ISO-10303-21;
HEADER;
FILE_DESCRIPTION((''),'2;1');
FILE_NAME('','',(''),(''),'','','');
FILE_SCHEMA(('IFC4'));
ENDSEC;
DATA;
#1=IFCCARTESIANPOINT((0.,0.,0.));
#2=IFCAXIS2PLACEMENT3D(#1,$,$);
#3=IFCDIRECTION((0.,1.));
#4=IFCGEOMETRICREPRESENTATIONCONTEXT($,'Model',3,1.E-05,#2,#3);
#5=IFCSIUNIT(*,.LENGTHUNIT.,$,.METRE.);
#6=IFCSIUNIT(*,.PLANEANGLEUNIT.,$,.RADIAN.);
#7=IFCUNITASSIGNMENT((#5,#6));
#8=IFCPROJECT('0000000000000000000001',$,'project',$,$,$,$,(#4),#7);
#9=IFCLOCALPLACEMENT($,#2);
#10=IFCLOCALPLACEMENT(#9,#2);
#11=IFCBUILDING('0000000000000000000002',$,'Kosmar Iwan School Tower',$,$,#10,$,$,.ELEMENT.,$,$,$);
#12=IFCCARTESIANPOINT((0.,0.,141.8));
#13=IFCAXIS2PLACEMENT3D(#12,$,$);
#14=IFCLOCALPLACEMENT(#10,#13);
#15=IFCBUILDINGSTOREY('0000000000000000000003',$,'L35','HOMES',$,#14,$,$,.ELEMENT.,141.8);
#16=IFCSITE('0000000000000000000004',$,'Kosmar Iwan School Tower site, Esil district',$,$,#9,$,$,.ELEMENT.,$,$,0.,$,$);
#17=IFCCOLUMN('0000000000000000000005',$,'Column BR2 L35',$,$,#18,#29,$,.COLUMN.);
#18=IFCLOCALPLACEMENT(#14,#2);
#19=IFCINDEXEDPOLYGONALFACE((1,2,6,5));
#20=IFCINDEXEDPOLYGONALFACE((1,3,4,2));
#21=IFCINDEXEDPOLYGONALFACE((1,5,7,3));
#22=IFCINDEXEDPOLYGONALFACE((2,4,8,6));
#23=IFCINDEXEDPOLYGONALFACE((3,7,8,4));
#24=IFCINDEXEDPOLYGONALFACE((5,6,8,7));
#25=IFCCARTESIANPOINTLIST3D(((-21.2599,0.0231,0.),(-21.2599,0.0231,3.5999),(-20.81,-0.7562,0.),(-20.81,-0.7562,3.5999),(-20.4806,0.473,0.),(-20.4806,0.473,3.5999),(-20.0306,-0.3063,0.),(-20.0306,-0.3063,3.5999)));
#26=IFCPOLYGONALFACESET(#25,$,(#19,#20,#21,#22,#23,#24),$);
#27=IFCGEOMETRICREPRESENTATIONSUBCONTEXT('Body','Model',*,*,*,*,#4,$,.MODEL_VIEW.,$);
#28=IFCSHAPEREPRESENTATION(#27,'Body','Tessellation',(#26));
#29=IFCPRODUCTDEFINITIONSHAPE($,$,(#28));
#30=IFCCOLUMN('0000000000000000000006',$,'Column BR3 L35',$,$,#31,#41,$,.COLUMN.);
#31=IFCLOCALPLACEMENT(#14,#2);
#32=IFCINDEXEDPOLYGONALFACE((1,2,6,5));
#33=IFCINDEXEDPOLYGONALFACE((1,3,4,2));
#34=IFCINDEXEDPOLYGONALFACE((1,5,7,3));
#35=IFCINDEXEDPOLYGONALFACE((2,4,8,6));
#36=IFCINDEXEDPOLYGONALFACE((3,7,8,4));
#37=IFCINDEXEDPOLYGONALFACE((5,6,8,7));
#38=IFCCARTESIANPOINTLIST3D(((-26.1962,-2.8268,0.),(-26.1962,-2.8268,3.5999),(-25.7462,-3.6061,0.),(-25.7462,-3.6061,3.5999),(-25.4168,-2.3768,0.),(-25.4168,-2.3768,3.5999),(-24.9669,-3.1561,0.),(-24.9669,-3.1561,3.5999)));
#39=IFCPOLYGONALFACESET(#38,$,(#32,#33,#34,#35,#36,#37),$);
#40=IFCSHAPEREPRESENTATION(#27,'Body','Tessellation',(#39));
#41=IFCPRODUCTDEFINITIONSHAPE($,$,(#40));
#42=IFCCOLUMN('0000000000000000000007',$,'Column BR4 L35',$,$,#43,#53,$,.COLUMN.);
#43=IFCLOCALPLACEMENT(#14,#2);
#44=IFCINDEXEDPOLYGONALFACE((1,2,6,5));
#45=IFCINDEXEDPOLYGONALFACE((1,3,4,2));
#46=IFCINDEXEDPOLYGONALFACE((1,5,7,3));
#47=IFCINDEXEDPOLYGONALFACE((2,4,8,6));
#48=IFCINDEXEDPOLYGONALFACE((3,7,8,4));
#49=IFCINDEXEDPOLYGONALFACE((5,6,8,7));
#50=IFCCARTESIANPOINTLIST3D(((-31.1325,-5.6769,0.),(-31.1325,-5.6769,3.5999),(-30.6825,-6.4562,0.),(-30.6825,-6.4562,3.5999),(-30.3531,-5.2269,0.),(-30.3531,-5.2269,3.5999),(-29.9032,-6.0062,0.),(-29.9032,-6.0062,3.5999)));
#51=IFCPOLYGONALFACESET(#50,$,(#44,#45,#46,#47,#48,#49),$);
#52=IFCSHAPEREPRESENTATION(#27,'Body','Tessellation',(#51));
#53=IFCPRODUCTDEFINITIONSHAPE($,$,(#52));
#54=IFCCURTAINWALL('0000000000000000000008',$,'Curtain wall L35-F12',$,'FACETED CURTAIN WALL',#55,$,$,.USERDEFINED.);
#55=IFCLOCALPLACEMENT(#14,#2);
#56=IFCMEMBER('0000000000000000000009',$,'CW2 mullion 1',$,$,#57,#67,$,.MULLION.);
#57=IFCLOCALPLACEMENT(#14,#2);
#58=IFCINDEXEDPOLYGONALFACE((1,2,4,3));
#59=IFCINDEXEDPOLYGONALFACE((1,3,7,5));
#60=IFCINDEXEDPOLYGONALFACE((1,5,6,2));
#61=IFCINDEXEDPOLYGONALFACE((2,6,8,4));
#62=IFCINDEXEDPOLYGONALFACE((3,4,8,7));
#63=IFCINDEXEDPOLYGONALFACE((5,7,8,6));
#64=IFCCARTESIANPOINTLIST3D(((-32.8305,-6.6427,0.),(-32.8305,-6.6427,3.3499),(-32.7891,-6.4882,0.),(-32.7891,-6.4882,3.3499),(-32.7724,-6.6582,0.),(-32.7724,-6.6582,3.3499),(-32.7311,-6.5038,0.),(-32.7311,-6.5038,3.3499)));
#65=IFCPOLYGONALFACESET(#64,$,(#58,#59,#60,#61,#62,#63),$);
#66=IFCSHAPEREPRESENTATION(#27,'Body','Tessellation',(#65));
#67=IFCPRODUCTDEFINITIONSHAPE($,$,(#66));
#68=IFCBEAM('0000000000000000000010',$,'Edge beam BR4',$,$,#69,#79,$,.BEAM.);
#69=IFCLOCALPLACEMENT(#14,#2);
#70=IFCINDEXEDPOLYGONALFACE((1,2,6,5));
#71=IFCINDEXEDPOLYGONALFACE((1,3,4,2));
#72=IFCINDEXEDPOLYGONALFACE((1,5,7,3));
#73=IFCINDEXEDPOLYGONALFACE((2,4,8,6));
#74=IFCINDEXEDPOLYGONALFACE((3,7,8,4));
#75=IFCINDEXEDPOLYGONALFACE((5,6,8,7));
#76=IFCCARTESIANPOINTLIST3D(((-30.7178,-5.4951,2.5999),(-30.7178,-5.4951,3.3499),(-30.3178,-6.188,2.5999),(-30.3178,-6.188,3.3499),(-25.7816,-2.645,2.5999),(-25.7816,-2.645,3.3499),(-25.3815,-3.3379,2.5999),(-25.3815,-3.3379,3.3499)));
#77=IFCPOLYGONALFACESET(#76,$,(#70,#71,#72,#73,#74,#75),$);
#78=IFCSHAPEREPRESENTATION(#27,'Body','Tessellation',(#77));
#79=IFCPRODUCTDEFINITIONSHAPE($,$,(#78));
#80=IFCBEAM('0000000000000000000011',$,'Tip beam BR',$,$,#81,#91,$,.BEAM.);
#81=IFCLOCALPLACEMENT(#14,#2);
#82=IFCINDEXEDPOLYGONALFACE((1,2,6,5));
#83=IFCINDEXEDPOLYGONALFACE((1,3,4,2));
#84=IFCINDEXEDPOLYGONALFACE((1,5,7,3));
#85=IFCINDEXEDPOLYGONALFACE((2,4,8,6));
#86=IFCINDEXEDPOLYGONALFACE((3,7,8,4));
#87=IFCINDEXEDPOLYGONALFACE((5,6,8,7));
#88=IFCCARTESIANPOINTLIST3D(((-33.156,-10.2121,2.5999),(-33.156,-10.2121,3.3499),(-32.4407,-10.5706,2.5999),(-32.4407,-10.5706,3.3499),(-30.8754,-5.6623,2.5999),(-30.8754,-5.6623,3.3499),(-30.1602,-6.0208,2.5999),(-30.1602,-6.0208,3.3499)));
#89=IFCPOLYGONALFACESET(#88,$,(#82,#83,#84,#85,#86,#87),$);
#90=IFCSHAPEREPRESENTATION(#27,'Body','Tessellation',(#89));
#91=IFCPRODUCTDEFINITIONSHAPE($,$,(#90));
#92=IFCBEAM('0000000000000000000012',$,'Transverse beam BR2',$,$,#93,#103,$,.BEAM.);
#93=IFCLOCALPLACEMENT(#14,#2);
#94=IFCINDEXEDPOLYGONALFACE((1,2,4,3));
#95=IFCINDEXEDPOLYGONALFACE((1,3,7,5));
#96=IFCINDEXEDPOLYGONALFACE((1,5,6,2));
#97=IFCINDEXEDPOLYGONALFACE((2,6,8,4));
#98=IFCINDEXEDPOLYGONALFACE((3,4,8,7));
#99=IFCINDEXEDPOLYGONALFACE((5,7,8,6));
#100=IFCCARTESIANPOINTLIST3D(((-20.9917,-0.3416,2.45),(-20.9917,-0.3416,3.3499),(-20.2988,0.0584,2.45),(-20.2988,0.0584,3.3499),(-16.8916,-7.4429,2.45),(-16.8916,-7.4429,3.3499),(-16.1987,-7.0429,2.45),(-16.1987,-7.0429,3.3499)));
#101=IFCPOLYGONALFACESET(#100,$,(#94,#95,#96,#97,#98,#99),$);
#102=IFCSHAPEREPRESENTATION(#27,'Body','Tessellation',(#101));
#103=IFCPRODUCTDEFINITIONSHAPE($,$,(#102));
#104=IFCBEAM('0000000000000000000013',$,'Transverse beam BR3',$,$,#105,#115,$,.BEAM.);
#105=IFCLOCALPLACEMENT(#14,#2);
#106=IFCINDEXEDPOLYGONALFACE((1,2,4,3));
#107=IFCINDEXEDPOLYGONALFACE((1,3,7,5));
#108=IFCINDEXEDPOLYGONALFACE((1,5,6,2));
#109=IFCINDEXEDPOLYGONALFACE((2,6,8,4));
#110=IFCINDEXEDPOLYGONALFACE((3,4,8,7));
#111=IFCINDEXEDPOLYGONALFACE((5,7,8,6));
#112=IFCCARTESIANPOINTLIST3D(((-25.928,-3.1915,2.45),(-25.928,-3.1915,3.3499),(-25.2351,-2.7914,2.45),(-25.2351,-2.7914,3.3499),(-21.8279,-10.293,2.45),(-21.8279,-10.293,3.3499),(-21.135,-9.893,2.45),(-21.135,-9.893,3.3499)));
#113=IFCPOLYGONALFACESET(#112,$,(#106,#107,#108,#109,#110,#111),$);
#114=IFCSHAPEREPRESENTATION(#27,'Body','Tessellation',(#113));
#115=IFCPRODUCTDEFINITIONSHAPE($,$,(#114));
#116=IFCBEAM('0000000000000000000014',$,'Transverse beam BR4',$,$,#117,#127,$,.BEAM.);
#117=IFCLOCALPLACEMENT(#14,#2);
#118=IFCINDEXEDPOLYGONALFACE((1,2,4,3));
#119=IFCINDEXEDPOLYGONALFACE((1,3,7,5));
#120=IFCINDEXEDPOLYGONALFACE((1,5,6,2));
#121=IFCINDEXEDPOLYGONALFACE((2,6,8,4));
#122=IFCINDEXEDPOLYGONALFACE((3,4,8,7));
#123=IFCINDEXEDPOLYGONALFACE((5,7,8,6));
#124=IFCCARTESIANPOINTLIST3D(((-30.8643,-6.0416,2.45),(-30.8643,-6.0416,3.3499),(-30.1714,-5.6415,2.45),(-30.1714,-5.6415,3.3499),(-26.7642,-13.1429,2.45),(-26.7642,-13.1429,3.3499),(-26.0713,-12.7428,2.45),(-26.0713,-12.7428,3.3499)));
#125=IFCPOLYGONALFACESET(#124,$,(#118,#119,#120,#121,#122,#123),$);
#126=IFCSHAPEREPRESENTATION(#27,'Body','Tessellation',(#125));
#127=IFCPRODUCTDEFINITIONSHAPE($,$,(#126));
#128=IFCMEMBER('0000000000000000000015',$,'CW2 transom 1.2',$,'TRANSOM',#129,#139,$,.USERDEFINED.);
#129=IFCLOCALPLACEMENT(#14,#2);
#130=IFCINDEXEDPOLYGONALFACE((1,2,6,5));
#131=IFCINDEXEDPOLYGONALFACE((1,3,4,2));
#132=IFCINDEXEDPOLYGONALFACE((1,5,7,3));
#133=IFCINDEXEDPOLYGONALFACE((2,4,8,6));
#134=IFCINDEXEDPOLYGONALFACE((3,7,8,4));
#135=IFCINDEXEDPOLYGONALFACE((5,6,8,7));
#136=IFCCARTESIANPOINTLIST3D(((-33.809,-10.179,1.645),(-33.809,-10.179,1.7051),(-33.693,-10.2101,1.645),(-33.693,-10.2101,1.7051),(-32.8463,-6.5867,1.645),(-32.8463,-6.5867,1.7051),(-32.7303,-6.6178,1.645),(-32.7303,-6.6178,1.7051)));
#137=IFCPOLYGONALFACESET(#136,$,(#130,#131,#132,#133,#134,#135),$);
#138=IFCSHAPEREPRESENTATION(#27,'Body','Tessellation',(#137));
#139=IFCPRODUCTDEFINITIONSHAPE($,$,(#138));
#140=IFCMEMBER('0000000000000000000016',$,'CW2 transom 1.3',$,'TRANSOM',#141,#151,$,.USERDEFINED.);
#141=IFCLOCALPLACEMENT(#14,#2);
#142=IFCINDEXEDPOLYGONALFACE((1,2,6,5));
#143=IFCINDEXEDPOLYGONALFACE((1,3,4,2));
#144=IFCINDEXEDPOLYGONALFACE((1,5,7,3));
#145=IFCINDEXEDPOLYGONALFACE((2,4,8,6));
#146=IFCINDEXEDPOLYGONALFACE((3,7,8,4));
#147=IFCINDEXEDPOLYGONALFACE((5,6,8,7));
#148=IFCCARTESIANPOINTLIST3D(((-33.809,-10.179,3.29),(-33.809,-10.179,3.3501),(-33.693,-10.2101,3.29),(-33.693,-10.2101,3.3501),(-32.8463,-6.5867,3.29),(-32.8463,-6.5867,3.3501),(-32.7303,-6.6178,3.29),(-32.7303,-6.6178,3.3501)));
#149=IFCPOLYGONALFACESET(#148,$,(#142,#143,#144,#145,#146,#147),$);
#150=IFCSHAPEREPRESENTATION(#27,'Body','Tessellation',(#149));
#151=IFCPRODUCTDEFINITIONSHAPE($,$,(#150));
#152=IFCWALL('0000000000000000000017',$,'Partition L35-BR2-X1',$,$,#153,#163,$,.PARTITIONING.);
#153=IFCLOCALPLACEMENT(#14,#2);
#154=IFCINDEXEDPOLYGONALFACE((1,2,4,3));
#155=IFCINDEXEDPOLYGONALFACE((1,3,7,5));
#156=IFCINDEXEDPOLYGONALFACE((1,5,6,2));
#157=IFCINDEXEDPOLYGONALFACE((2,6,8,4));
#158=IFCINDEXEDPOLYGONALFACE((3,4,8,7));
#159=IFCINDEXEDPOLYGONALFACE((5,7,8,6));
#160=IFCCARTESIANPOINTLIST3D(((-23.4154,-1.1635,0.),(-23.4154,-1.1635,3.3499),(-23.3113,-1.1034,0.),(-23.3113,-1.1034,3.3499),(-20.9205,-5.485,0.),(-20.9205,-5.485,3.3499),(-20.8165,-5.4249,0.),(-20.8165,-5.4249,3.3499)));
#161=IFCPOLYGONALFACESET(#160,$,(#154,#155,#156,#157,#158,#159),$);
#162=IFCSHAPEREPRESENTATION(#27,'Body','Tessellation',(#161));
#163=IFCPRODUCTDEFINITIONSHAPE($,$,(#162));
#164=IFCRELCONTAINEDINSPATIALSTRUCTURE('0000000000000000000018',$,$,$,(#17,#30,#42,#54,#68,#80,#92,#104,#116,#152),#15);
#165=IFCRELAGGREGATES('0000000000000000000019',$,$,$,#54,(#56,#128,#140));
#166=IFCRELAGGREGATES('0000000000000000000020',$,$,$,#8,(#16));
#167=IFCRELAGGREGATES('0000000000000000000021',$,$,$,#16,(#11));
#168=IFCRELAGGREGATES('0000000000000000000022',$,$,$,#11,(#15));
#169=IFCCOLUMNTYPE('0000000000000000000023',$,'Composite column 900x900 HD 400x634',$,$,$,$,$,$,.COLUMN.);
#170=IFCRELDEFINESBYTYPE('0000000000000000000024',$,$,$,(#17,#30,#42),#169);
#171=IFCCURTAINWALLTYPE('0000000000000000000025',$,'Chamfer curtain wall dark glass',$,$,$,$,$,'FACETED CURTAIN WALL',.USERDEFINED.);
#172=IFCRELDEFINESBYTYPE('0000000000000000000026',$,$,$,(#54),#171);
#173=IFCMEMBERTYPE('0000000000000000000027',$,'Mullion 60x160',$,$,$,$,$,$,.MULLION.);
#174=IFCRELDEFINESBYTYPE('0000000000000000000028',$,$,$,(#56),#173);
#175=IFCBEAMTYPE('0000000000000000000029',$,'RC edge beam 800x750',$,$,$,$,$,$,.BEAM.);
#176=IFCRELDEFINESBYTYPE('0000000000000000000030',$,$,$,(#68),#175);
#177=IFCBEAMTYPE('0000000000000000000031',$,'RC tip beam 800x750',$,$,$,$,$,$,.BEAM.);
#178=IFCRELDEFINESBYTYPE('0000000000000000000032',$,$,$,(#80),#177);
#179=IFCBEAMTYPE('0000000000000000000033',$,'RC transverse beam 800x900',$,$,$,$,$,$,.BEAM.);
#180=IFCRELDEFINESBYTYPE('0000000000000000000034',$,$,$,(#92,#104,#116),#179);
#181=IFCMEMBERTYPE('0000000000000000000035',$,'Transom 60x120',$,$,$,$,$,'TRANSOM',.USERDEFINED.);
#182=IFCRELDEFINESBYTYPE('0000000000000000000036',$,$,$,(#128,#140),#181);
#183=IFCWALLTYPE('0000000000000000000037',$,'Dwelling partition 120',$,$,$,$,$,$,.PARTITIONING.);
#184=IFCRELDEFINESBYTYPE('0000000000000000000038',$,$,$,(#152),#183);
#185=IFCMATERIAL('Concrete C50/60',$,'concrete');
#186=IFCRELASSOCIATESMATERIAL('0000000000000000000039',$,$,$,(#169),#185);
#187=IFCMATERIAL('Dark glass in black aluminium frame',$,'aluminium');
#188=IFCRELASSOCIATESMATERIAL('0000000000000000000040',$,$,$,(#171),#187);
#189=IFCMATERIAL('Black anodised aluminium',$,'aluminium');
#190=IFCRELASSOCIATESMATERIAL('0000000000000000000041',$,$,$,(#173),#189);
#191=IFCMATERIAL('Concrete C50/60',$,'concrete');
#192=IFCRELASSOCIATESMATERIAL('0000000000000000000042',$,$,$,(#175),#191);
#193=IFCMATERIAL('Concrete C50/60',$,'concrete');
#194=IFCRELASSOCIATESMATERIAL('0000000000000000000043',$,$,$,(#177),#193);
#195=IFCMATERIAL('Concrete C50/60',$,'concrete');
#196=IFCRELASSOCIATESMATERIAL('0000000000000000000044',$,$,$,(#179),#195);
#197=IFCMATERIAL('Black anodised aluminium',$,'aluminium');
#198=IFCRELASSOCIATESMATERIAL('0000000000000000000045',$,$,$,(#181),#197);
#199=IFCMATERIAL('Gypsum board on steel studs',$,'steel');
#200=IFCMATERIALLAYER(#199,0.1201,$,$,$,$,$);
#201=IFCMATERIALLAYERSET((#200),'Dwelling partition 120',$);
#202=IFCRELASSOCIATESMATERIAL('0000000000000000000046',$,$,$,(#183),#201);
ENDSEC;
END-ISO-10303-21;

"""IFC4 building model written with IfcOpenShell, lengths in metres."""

from ifc_helpers import new_model, si_unit, direction, frame, frame_2d, origin, origin_2d, place, context, subcontext, project, spatial, rectangle, extrude, material, layer, layer_set, material_profile, profile_set, type_object, element, aggregate, save


model = new_model("IFC4")

# Units and contexts
model_context = context("Model", 3, precision=1e-05, world=origin(), true_north=direction((0.0, 1.0)))
body_context = subcontext(model_context, "Body", "Model", "MODEL_VIEW")
ifc_project = project(units=[si_unit("LENGTHUNIT", "METRE"), si_unit("PLANEANGLEUNIT", "RADIAN")], contexts=[model_context])

# Site, building, storey
site_placement = place(None, origin())
site = spatial("IfcSite", under=ifc_project, at=site_placement, Name="Kosmar Iwan School Tower site, Esil district", CompositionType="ELEMENT", RefElevation=0.0)
building_placement = place(site_placement, origin())
building = spatial("IfcBuilding", under=site, at=building_placement, Name="Kosmar Iwan School Tower", CompositionType="ELEMENT")
storey_placement = place(building_placement, frame((0.0, 0.0, 141.8)))
storey = spatial("IfcBuildingStorey", under=building, at=storey_placement, Name="L35", Description="HOMES", CompositionType="ELEMENT", Elevation=141.8)

# Columns
ifc_material_1 = material(Name="Concrete C50/60", Category="concrete")
ifc_material_profile_1 = material_profile(ifc_material_1, rectangle(XDim=0.8999, YDim=0.8999, at=origin_2d()), Name="RC 900x900 + HD 400x634")
ifc_profile_set_1 = profile_set([ifc_material_profile_1], Name="Concrete C50/60")
column_type = type_object("IfcColumnType", Name="Composite column 900x900 HD 400x634", PredefinedType="COLUMN", material=ifc_profile_set_1)
for number, where, z_axis, x_axis, name in (
    (1, (-20.6453, -0.1416, 0.0), (0.0, 0.0, 1.0), (-0.866025, -0.5, 0.0), "Column BR2 L35"),
    (2, (-25.5815, -2.9915, 0.0), (0.0, 0.0, 1.0), (-0.866025, -0.5, 0.0), "Column BR3 L35"),
    (3, (-30.5178, -5.8416, 0.0), (0.0, 0.0, 1.0), (-0.866025, -0.5, 0.0), "Column BR4 L35"),
):
    element("IfcColumn", number, at=place(storey_placement, frame(where, z_axis=z_axis, x_axis=x_axis)), inside=storey, type_object=column_type, Name=name, PredefinedType="COLUMN", context=body_context, shape_type="SweptSolid", body=[
        extrude(rectangle(XDim=0.8999, YDim=0.8999, at=origin_2d()), origin(), (0.0, 0.0, 1.0), 3.5999),
    ])

# Curtain wall, member
ifc_material_2 = material(Name="Dark glass in black aluminium frame", Category="aluminium")
curtain_wall_type = type_object("IfcCurtainWallType", Name="Chamfer curtain wall dark glass", ElementType="FACETED CURTAIN WALL", PredefinedType="USERDEFINED", material=ifc_material_2)
curtain_wall_placement = place(storey_placement, origin())
curtain_wall = element("IfcCurtainWall", 4, at=curtain_wall_placement, inside=storey, type_object=curtain_wall_type, Name="Curtain wall L35-F12", ObjectType="FACETED CURTAIN WALL", PredefinedType="USERDEFINED")
ifc_material_3 = material(Name="Black anodised aluminium", Category="aluminium")
ifc_material_profile_2 = material_profile(ifc_material_3, rectangle(XDim=0.0601, YDim=0.1599, at=origin_2d()), Name="MULLION 60x160")
ifc_profile_set_2 = profile_set([ifc_material_profile_2], Name="Black anodised aluminium")
member_type_1 = type_object("IfcMemberType", Name="Mullion 60x160", PredefinedType="MULLION", material=ifc_profile_set_2)
member_1_placement = place(storey_placement, frame((-32.7808, -6.5732, 0.0), z_axis=(0.0, 0.0, 1.0), x_axis=(0.965926, -0.258819, 0.0)))
member_1 = element("IfcMember", 5, at=member_1_placement, type_object=member_type_1, Name="CW2 mullion 1", PredefinedType="MULLION", context=body_context, shape_type="SweptSolid", body=[
    extrude(rectangle(XDim=0.0601, YDim=0.1599, at=origin_2d()), origin(), (0.0, 0.0, 1.0), 3.3499),
])

# Beams
ifc_material_4 = material(Name="Concrete C50/60", Category="concrete")
ifc_material_profile_3 = material_profile(ifc_material_4, rectangle(XDim=0.8, YDim=0.75, at=origin_2d()), Name="RC 800x750")
ifc_profile_set_3 = profile_set([ifc_material_profile_3], Name="Concrete C50/60")
beam_type_1 = type_object("IfcBeamType", Name="RC edge beam 800x750", PredefinedType="BEAM", material=ifc_profile_set_3)
beam_1_placement = place(storey_placement, frame((-25.5815, -2.9915, 2.9749), z_axis=(-0.866015, -0.500018, 0.0), x_axis=(0.500018, -0.866015, 0.0)))
element("IfcBeam", 6, at=beam_1_placement, inside=storey, type_object=beam_type_1, Name="Edge beam BR4", PredefinedType="BEAM", context=body_context, shape_type="SweptSolid", body=[
    extrude(rectangle(XDim=0.8, YDim=0.75, at=origin_2d()), origin(), (0.0, 0.0, 1.0), 5.7),
])
ifc_material_5 = material(Name="Concrete C50/60", Category="concrete")
ifc_material_profile_4 = material_profile(ifc_material_5, rectangle(XDim=0.8, YDim=0.75, at=origin_2d()), Name="RC 800x750")
ifc_profile_set_4 = profile_set([ifc_material_profile_4], Name="Concrete C50/60")
beam_type_2 = type_object("IfcBeamType", Name="RC tip beam 800x750", PredefinedType="BEAM", material=ifc_profile_set_4)
beam_2_placement = place(storey_placement, frame((-30.5178, -5.8416, 2.9749), z_axis=(-0.448096, -0.893985, 0.0), x_axis=(0.893985, -0.448096, 0.0)))
element("IfcBeam", 7, at=beam_2_placement, inside=storey, type_object=beam_type_2, Name="Tip beam BR", PredefinedType="BEAM", context=body_context, shape_type="SweptSolid", body=[
    extrude(rectangle(XDim=0.8, YDim=0.75, at=origin_2d()), origin(), (0.0, 0.0, 1.0), 5.0894),
])
ifc_material_6 = material(Name="Concrete C50/60", Category="concrete")
ifc_material_profile_5 = material_profile(ifc_material_6, rectangle(XDim=0.8, YDim=0.8999, at=origin_2d()), Name="RC 800x900")
ifc_profile_set_5 = profile_set([ifc_material_profile_5], Name="Concrete C50/60")
beam_type_3 = type_object("IfcBeamType", Name="RC transverse beam 800x900", PredefinedType="BEAM", material=ifc_profile_set_5)
beam_3_placement = place(storey_placement, frame((-20.6453, -0.1416, 2.8999), z_axis=(0.500014, -0.866018, 0.0), x_axis=(0.866018, 0.500014, 0.0)))
element("IfcBeam", 8, at=beam_3_placement, inside=storey, type_object=beam_type_3, Name="Transverse beam BR2", PredefinedType="BEAM", context=body_context, shape_type="SweptSolid", body=[
    extrude(rectangle(XDim=0.8, YDim=0.8999, at=origin_2d()), origin(), (0.0, 0.0, 1.0), 8.2),
])
beam_4_placement = place(storey_placement, frame((-25.5815, -2.9915, 2.8999), z_axis=(0.500001, -0.866025, 0.0), x_axis=(0.866025, 0.500001, 0.0)))
element("IfcBeam", 9, at=beam_4_placement, inside=storey, type_object=beam_type_3, Name="Transverse beam BR3", PredefinedType="BEAM", context=body_context, shape_type="SweptSolid", body=[
    extrude(rectangle(XDim=0.8, YDim=0.8999, at=origin_2d()), origin(), (0.0, 0.0, 1.0), 8.2002),
])
beam_5_placement = place(storey_placement, frame((-30.5178, -5.8416, 2.8999), z_axis=(0.500014, -0.866018, 0.0), x_axis=(0.866018, 0.500014, 0.0)))
element("IfcBeam", 10, at=beam_5_placement, inside=storey, type_object=beam_type_3, Name="Transverse beam BR4", PredefinedType="BEAM", context=body_context, shape_type="SweptSolid", body=[
    extrude(rectangle(XDim=0.8, YDim=0.8999, at=origin_2d()), origin(), (0.0, 0.0, 1.0), 8.2),
])

# Members
ifc_material_7 = material(Name="Black anodised aluminium", Category="aluminium")
ifc_material_profile_6 = material_profile(ifc_material_7, rectangle(XDim=0.1201, YDim=0.0601, at=origin_2d()), Name="TRANSOM 60x120")
ifc_profile_set_6 = profile_set([ifc_material_profile_6], Name="Black anodised aluminium")
member_type_2 = type_object("IfcMemberType", Name="Transom 60x120", ElementType="TRANSOM", PredefinedType="USERDEFINED", material=ifc_profile_set_6)
member_2_placement = place(storey_placement, frame((-32.7883, -6.6023, 1.675), z_axis=(-0.258843, -0.965919, 0.0), x_axis=(0.965919, -0.258843, 0.0)))
member_2 = element("IfcMember", 11, at=member_2_placement, type_object=member_type_2, Name="CW2 transom 1.2", ObjectType="TRANSOM", PredefinedType="USERDEFINED", context=body_context, shape_type="SweptSolid", body=[
    extrude(rectangle(XDim=0.1201, YDim=0.0601, at=origin_2d()), origin(), (0.0, 0.0, 1.0), 3.719),
])
member_3_placement = place(storey_placement, frame((-32.7883, -6.6023, 3.3201), z_axis=(-0.258843, -0.965919, 0.0), x_axis=(0.965919, -0.258843, 0.0)))
member_3 = element("IfcMember", 12, at=member_3_placement, type_object=member_type_2, Name="CW2 transom 1.3", ObjectType="TRANSOM", PredefinedType="USERDEFINED", context=body_context, shape_type="SweptSolid", body=[
    extrude(rectangle(XDim=0.1201, YDim=0.0601, at=origin_2d()), origin(), (0.0, 0.0, 1.0), 3.719),
])
aggregate(curtain_wall, [member_1, member_2, member_3])

# Wall
ifc_material_8 = material(Name="Gypsum board on steel studs", Category="steel")
ifc_layer = layer(ifc_material_8, 0.1201)
ifc_layer_set = layer_set([ifc_layer], Name="Dwelling partition 120")
wall_type = type_object("IfcWallType", Name="Dwelling partition 120", PredefinedType="PARTITIONING", material=ifc_layer_set)
wall_placement = place(storey_placement, frame((-20.8684, -5.4551, 0.0), z_axis=(0.0, 0.0, 1.0), x_axis=(-0.499975, 0.86604, 0.0)))
element("IfcWall", 13, at=wall_placement, inside=storey, type_object=wall_type, Name="Partition L35-BR2-X1", PredefinedType="PARTITIONING", context=body_context, shape_type="SweptSolid", body=[
    extrude(rectangle(XDim=4.99, YDim=0.1201, at=frame_2d((2.4951, 0.0))), origin(), (0.0, 0.0, 1.0), 3.3499),
])

save(model, "model.ifc")
